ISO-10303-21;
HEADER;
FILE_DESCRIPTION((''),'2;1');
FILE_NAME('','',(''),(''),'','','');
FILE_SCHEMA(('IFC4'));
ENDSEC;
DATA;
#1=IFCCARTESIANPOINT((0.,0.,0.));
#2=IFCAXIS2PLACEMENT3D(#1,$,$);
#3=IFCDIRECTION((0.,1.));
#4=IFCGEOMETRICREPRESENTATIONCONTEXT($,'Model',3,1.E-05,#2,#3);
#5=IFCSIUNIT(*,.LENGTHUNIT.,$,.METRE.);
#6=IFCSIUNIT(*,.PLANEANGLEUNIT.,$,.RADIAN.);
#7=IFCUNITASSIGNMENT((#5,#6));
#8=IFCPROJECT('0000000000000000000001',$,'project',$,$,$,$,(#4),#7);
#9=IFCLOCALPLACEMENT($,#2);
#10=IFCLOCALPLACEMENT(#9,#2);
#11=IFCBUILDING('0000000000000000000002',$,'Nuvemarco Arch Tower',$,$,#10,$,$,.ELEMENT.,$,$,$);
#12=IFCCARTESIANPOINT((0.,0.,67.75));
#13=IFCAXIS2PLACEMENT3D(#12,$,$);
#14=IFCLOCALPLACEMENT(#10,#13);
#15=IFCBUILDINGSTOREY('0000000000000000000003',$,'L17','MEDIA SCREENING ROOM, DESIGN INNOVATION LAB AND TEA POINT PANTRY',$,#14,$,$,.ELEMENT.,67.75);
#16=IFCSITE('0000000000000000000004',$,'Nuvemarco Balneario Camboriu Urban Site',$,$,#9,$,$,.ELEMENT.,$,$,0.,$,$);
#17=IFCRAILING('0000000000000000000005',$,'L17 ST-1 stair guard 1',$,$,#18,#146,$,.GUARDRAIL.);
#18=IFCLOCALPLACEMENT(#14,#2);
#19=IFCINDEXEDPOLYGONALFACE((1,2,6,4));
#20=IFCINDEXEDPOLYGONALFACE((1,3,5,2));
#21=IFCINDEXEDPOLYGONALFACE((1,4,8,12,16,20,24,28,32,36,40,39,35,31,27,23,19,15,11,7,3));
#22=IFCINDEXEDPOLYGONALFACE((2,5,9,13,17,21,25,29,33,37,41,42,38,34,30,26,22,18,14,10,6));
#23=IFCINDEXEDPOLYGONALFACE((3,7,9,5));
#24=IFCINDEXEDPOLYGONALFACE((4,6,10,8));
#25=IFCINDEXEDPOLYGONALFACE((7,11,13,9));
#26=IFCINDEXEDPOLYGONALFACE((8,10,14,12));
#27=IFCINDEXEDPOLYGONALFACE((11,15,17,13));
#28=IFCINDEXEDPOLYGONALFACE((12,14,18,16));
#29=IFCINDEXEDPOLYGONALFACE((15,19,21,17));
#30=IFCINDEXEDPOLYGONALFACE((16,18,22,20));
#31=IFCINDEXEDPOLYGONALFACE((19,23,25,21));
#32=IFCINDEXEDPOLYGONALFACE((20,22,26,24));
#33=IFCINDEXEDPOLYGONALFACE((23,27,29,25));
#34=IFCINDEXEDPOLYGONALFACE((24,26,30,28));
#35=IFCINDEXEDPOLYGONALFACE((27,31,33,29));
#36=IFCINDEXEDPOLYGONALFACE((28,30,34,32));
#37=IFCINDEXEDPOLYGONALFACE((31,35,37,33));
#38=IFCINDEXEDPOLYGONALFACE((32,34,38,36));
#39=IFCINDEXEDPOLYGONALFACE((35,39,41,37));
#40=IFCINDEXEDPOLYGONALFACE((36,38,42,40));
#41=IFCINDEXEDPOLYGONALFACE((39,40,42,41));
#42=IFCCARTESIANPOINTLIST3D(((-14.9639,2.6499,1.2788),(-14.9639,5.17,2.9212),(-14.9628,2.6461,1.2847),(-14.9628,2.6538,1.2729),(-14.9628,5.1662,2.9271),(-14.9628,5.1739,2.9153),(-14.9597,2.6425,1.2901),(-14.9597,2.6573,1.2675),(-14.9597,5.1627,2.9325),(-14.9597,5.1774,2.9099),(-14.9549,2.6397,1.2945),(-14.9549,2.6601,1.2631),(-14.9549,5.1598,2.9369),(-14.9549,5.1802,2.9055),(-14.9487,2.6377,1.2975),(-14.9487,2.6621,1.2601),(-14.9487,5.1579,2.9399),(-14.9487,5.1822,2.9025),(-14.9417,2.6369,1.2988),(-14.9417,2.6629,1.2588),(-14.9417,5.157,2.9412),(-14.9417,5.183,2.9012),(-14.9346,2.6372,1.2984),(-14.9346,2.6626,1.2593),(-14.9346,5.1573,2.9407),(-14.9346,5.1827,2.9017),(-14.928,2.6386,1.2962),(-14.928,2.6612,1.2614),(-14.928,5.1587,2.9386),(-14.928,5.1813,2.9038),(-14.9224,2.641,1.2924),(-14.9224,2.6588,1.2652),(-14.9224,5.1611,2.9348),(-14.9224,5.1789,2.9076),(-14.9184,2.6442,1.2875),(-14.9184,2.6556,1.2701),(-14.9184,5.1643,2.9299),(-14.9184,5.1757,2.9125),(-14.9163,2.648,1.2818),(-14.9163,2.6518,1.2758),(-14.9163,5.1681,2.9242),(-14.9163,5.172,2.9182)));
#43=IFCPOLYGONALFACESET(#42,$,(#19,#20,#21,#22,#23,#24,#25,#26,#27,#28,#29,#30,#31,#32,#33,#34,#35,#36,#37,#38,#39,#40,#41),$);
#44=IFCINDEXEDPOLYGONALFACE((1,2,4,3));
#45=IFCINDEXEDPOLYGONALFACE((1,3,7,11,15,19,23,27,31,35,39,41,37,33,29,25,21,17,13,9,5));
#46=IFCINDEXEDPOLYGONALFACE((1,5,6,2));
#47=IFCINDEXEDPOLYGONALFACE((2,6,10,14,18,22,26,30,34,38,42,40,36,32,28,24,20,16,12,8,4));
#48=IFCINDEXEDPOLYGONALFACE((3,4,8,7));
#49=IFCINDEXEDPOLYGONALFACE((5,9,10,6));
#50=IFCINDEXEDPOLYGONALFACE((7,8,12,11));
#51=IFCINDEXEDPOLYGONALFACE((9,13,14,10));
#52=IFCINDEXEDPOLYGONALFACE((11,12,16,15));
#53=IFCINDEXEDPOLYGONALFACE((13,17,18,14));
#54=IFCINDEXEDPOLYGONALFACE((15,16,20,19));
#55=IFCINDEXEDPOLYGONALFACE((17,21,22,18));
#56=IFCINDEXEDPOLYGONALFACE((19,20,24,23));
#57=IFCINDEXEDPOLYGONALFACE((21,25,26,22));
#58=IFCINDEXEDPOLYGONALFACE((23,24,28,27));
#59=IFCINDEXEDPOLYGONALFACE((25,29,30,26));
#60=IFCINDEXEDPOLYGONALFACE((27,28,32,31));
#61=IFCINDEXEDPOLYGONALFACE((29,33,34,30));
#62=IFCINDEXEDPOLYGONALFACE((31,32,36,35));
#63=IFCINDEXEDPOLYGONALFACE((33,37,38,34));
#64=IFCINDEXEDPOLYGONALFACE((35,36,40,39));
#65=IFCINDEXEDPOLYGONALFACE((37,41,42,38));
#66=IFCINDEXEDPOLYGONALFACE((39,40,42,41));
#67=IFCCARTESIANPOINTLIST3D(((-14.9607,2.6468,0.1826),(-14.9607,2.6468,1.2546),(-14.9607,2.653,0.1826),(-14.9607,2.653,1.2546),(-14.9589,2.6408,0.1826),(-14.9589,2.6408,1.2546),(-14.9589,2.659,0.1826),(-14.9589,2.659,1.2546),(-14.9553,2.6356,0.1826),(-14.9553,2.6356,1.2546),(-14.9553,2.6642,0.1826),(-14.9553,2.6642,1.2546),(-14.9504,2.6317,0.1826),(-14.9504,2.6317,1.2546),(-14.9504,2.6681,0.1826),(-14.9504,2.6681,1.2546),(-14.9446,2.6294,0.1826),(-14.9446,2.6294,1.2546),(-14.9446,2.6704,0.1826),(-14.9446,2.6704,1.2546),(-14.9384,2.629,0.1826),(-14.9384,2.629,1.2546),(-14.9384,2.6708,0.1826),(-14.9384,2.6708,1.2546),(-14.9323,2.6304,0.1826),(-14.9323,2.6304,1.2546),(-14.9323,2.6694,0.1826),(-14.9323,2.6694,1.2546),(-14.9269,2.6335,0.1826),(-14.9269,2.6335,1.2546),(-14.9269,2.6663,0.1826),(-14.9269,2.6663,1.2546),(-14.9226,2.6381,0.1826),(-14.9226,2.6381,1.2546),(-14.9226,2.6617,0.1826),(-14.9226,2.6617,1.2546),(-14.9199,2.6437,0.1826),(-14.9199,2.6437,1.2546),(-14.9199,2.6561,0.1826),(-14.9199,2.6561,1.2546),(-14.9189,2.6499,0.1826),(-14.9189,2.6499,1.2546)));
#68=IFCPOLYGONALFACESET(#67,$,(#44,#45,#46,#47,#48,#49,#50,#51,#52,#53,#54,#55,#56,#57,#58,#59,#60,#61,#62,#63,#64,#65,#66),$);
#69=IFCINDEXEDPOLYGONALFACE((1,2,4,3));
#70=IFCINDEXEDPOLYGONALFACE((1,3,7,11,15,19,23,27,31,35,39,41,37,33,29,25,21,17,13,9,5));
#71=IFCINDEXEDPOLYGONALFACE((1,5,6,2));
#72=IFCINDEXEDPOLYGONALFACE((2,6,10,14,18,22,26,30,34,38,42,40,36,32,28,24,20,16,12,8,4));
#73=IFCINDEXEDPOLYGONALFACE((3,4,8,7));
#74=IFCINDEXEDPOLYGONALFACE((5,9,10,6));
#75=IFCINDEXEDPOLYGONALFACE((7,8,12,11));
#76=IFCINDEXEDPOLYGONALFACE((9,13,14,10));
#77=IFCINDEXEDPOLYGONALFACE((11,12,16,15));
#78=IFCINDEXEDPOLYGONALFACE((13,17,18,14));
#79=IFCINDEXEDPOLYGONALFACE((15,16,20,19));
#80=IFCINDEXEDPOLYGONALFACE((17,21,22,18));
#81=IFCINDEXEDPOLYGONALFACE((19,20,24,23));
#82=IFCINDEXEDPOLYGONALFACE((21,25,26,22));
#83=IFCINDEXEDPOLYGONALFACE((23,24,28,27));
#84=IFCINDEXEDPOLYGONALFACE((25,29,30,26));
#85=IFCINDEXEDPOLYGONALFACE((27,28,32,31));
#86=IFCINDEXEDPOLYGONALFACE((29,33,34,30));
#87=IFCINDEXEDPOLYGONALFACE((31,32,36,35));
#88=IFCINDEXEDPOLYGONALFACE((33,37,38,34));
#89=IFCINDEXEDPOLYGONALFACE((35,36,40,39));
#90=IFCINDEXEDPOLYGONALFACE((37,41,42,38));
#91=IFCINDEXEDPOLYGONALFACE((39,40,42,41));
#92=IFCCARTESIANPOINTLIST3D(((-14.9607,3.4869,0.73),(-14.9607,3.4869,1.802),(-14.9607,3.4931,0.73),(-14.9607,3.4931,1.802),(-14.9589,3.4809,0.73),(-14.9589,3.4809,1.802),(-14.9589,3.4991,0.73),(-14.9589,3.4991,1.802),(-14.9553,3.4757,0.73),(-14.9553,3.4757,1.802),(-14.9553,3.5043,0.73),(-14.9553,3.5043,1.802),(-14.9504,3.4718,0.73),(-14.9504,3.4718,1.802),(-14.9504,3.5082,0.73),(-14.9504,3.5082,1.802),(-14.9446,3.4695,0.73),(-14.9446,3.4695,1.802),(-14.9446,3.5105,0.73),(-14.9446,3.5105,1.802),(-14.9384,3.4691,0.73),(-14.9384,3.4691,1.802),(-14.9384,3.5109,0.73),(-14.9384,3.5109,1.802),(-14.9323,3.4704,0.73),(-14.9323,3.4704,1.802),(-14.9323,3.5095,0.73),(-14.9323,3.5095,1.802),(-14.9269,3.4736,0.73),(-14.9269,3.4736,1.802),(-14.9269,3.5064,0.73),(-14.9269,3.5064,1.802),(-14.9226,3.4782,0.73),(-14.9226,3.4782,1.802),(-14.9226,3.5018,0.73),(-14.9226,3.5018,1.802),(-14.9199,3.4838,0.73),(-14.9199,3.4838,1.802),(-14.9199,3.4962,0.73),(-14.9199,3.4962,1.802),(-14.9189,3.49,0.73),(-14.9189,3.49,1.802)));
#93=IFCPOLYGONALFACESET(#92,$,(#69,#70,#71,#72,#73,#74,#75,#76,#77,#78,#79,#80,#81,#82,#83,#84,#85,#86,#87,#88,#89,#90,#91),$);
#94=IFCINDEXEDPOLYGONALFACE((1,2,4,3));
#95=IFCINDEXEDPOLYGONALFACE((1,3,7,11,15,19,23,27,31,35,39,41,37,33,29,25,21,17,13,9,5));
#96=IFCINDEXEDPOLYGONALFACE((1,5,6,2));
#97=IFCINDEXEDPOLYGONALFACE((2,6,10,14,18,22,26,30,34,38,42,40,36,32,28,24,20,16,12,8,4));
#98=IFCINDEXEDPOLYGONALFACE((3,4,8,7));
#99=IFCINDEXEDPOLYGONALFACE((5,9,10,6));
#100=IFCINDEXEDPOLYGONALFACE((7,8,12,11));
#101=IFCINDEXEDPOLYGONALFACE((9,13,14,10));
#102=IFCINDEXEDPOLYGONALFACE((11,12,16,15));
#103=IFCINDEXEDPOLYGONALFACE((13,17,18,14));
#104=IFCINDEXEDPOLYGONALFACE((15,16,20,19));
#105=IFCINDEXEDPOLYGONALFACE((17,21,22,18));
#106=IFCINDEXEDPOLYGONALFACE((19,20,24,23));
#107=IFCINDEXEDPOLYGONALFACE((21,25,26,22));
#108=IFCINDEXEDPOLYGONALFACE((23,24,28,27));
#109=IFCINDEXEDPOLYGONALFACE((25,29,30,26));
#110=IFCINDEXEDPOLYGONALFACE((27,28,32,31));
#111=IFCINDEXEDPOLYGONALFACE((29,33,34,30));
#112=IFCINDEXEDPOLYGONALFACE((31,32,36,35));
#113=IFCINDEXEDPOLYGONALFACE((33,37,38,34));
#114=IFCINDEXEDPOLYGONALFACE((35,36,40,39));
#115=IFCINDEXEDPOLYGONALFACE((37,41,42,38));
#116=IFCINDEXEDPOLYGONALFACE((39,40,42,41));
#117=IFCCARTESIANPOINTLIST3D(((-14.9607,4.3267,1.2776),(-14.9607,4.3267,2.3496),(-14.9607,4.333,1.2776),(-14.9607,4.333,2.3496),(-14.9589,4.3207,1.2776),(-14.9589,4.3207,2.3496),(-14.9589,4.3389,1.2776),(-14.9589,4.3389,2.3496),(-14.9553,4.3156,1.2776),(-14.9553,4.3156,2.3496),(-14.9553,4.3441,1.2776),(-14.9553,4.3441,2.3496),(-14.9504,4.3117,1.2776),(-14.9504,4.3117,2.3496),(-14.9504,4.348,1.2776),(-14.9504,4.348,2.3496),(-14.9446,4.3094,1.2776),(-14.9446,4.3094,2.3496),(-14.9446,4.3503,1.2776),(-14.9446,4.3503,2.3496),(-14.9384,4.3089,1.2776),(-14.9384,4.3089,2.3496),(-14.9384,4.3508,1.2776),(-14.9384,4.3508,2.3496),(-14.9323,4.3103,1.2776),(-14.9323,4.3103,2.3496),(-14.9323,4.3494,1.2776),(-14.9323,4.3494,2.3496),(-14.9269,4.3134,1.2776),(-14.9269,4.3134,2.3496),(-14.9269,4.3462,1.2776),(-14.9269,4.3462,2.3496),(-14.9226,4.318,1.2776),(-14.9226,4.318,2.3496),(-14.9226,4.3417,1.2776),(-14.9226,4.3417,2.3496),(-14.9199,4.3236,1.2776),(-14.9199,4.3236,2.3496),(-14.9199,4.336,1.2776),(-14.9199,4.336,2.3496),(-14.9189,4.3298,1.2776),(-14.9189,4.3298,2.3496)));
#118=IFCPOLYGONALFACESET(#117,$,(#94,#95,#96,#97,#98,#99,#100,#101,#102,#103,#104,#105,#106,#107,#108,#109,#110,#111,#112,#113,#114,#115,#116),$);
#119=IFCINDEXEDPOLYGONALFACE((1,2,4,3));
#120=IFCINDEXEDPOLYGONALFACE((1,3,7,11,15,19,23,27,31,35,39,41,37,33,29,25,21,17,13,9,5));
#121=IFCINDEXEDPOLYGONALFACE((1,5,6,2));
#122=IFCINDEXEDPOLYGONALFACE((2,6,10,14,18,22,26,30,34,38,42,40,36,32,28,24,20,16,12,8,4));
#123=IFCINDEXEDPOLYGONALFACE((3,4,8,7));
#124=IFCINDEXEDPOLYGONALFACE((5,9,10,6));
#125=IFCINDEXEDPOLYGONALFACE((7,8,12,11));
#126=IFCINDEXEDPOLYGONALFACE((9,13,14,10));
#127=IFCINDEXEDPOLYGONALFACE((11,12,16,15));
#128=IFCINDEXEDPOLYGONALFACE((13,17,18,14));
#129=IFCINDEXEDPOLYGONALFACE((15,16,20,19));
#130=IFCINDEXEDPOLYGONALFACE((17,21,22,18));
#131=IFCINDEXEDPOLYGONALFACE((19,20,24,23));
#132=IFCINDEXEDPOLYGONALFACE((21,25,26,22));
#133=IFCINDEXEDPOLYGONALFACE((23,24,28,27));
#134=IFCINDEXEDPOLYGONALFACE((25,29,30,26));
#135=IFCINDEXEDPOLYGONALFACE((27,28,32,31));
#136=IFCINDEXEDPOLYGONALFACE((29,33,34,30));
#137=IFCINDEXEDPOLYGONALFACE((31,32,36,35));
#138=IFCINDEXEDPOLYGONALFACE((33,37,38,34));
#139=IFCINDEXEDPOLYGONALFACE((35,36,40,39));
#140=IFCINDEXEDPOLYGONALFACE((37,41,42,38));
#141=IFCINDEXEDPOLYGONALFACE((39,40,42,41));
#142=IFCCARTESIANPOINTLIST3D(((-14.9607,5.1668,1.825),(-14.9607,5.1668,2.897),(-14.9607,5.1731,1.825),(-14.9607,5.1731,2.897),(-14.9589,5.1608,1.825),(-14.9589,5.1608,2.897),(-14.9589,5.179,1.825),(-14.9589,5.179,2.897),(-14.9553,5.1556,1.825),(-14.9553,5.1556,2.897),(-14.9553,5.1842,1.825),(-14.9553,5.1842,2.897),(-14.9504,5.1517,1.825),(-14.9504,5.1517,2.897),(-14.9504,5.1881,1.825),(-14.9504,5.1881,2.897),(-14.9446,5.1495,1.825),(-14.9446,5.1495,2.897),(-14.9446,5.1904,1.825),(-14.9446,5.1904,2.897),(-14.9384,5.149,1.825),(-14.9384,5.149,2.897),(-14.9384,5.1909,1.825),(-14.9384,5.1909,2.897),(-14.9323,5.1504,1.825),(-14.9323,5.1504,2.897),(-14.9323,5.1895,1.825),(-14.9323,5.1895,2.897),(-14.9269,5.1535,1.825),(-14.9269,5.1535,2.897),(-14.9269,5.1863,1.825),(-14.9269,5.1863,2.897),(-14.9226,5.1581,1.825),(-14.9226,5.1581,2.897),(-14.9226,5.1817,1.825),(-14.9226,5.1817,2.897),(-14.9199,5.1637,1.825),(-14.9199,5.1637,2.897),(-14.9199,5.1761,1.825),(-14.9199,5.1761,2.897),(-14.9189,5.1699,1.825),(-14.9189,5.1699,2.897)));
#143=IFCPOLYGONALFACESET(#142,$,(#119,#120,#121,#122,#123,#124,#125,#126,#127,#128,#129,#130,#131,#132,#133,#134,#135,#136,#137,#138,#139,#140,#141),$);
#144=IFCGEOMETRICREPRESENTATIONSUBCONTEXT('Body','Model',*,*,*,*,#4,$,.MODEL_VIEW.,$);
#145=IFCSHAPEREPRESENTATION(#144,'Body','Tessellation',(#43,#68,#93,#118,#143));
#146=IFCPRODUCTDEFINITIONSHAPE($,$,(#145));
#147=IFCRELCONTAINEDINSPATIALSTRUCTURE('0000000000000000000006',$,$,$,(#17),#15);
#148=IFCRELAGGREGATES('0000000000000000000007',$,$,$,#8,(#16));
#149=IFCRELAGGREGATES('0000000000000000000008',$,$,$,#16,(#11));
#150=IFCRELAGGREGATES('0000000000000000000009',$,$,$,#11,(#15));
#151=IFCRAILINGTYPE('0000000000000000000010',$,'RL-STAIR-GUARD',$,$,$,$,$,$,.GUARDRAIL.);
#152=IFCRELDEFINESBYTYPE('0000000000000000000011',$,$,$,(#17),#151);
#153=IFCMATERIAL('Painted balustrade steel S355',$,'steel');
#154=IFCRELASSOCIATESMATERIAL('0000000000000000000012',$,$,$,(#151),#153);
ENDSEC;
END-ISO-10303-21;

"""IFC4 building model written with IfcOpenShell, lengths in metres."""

from ifc_helpers import new_model, si_unit, direction, frame, origin, origin_2d, place, context, subcontext, project, spatial, circle, extrude, material, type_object, element, save


model = new_model("IFC4")

# Units and contexts
model_context = context("Model", 3, precision=1e-05, world=origin(), true_north=direction((0.0, 1.0)))
body_context = subcontext(model_context, "Body", "Model", "MODEL_VIEW")
ifc_project = project(units=[si_unit("LENGTHUNIT", "METRE"), si_unit("PLANEANGLEUNIT", "RADIAN")], contexts=[model_context])

# Site, building, storey
site_placement = place(None, origin())
site = spatial("IfcSite", under=ifc_project, at=site_placement, Name="Nuvemarco Balneario Camboriu Urban Site", CompositionType="ELEMENT", RefElevation=0.0)
building_placement = place(site_placement, origin())
building = spatial("IfcBuilding", under=site, at=building_placement, Name="Nuvemarco Arch Tower", CompositionType="ELEMENT")
storey_placement = place(building_placement, frame((0.0, 0.0, 67.75)))
storey = spatial("IfcBuildingStorey", under=building, at=storey_placement, Name="L17", Description="MEDIA SCREENING ROOM, DESIGN INNOVATION LAB AND TEA POINT PANTRY", CompositionType="ELEMENT", Elevation=67.75)

# Railing
ifc_material_1 = material(Name="Painted balustrade steel S355", Category="steel")
railing_type_1 = type_object("IfcRailingType", Name="RL-STAIR-GUARD", PredefinedType="GUARDRAIL", material=ifc_material_1)
railing_1_placement = place(storey_placement, frame((-14.9399, 2.6499, 0.1826)))
element("IfcRailing", 1, at=railing_1_placement, inside=storey, type_object=railing_type_1, Name="L17 ST-1 stair guard 1", PredefinedType="GUARDRAIL", context=body_context, shape_type="SweptSolid", body=[
    extrude(circle(Radius=0.0239, at=origin_2d()), frame((0.0, 0.0, 1.0962), z_axis=(0.0, 0.837787, 0.545998), x_axis=(-1.0, 0.0, 0.0)), (0.0, 0.0, 1.0), 3.0081),
    extrude(circle(Radius=0.021, at=origin_2d()), origin(), (0.0, 0.0, 1.0), 1.072),
    extrude(circle(Radius=0.021, at=origin_2d()), frame((0.0, 0.8401, 0.5474)), (0.0, 0.0, 1.0), 1.072),
    extrude(circle(Radius=0.021, at=origin_2d()), frame((0.0, 1.6799, 1.095)), (0.0, 0.0, 1.0), 1.072),
    extrude(circle(Radius=0.021, at=origin_2d()), frame((0.0, 2.52, 1.6423)), (0.0, 0.0, 1.0), 1.072),
])

save(model, "model.ifc")
